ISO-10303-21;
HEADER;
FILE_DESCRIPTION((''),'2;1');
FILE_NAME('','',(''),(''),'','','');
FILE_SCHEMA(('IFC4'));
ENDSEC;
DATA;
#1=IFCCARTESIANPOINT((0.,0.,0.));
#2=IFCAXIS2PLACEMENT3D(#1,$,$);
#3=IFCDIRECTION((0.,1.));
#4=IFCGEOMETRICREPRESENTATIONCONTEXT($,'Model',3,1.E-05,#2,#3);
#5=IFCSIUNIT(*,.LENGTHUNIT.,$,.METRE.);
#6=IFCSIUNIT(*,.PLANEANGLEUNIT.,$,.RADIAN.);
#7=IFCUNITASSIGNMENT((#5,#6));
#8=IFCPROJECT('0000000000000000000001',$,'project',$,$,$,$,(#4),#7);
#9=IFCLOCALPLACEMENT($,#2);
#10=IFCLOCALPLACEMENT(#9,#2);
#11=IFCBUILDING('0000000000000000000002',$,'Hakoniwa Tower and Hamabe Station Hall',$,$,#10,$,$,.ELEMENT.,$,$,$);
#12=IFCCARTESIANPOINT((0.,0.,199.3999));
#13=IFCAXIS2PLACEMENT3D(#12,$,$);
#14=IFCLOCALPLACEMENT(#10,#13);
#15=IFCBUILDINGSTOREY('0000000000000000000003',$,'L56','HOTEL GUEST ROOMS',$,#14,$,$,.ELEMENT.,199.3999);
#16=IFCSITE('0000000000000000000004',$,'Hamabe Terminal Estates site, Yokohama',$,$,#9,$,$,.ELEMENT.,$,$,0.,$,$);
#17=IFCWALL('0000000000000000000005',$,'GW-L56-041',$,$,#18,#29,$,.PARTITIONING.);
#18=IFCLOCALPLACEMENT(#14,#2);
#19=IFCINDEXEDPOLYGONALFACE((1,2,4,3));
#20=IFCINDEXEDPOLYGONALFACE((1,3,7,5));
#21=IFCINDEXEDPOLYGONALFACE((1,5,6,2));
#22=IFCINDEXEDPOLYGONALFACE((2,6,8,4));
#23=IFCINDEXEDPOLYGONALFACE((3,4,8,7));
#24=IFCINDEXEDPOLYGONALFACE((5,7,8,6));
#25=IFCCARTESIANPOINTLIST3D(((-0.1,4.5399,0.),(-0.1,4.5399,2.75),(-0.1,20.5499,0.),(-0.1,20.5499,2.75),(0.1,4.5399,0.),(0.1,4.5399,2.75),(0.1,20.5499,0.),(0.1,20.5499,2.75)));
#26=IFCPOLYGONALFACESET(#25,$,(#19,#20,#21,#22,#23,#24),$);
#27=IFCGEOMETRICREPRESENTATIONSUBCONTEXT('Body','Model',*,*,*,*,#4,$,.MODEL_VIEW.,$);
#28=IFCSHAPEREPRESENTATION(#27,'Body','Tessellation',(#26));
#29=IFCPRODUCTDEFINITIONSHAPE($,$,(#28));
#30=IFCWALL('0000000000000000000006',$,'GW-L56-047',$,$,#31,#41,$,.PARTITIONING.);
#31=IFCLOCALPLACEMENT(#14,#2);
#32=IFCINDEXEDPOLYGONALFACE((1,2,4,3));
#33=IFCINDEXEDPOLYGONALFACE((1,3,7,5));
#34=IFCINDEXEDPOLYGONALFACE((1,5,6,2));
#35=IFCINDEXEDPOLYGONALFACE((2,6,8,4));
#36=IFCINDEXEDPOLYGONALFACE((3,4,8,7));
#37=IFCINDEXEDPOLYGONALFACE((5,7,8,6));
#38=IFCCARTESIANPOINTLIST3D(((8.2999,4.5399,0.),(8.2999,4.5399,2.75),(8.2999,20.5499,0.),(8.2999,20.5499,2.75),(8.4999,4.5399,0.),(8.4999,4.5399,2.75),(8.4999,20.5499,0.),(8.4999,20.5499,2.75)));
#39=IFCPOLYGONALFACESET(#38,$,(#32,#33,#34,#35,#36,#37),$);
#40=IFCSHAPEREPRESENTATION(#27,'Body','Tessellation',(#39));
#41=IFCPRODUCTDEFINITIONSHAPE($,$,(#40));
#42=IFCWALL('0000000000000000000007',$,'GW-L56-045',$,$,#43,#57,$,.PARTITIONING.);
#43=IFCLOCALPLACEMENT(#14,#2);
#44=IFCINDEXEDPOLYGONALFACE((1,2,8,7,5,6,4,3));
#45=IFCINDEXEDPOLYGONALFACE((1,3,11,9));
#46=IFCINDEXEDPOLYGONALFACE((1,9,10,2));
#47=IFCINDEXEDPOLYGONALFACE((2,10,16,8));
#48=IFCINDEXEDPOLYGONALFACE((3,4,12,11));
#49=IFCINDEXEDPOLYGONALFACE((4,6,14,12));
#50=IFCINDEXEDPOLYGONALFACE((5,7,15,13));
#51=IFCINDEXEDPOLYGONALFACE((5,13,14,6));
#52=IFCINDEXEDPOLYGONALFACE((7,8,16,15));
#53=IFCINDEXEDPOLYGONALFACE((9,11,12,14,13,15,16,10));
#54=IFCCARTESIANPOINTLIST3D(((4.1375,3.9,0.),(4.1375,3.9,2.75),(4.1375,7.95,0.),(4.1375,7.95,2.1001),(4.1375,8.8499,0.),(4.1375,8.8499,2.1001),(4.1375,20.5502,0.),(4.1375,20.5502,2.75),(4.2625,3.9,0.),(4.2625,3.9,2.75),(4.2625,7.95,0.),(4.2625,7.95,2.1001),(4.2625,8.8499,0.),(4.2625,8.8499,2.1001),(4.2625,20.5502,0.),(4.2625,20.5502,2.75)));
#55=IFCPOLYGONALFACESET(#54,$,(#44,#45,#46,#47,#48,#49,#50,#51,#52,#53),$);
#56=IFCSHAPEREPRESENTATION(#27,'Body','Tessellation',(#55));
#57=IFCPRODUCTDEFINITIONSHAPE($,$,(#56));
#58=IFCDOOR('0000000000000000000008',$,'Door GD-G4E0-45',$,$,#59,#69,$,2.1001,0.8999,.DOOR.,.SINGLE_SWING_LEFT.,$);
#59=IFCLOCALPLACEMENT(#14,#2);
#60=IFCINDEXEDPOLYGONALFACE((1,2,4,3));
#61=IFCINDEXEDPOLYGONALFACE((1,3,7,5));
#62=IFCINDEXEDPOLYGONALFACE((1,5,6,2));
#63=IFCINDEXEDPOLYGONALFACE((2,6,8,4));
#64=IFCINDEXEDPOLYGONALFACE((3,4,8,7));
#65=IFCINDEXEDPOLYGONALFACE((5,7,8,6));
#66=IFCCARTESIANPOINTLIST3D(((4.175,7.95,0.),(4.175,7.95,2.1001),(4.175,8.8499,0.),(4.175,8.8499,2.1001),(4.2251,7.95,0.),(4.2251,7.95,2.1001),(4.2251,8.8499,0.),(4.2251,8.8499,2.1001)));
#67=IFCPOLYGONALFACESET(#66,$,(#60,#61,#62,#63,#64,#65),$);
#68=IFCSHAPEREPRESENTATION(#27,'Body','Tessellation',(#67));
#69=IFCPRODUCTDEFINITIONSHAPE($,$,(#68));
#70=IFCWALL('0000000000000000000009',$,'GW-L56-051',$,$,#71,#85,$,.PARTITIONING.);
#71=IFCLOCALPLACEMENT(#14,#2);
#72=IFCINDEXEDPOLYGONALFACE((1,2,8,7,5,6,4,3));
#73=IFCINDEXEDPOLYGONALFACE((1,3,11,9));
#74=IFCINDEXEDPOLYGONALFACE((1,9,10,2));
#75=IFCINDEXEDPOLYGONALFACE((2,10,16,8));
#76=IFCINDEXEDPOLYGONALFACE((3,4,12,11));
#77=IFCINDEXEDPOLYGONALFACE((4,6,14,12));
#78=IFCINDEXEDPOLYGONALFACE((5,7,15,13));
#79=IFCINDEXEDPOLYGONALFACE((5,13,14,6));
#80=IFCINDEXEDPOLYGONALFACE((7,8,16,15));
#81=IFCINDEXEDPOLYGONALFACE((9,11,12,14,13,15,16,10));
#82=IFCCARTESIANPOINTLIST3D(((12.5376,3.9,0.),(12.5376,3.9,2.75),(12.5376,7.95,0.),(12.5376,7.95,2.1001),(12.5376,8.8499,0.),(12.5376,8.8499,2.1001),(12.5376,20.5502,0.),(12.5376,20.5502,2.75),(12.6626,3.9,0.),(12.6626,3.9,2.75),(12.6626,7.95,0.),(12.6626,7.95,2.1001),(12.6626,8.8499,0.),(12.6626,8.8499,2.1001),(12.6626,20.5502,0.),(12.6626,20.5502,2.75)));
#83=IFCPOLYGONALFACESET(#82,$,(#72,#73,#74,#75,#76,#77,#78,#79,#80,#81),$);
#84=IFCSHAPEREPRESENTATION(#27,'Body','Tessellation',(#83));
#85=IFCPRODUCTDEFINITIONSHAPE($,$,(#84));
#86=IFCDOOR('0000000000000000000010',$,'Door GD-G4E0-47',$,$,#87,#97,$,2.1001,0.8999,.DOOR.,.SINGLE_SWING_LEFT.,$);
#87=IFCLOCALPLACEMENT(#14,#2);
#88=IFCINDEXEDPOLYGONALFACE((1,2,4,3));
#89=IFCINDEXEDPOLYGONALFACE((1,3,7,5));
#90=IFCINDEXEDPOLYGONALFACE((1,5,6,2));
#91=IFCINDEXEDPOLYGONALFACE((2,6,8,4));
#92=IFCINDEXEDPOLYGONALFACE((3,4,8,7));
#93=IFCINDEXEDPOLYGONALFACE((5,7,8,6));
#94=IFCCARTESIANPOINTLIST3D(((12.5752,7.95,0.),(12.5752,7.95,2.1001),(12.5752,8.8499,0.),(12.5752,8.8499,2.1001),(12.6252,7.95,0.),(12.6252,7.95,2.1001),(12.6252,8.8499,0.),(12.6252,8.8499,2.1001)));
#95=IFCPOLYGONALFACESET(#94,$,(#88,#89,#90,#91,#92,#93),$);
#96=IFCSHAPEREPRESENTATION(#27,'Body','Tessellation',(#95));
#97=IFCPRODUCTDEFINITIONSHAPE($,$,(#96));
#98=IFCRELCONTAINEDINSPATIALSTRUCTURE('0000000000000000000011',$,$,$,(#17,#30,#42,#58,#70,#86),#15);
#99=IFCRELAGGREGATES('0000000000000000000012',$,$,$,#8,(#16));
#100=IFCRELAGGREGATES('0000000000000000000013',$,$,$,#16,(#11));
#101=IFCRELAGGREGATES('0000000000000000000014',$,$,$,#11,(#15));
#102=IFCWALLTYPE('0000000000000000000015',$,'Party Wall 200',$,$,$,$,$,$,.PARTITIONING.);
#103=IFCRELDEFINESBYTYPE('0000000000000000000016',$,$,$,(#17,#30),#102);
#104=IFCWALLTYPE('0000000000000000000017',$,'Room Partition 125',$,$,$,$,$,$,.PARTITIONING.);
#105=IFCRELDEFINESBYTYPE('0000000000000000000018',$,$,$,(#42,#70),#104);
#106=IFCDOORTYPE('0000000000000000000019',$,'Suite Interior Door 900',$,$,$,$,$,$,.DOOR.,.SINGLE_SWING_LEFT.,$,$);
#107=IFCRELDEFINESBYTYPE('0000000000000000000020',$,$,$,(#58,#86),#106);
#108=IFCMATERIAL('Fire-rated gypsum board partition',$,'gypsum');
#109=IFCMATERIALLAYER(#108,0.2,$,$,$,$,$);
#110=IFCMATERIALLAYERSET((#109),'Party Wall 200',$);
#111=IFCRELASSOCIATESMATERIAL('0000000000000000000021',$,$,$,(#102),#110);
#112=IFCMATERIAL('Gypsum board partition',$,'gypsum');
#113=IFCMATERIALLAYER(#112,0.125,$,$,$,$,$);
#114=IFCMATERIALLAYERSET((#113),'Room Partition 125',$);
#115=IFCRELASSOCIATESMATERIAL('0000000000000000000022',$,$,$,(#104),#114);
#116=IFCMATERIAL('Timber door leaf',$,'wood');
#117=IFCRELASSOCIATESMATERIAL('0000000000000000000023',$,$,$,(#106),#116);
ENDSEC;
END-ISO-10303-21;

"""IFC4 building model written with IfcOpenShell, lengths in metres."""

from ifc_helpers import new_model, si_unit, direction, frame, frame_2d, origin, place, context, subcontext, project, spatial, rectangle, extrude, material, layer, layer_set, type_object, element, fill, save


model = new_model("IFC4")

# Units and contexts
model_context = context("Model", 3, precision=1e-05, world=origin(), true_north=direction((0.0, 1.0)))
body_context = subcontext(model_context, "Body", "Model", "MODEL_VIEW")
ifc_project = project(units=[si_unit("LENGTHUNIT", "METRE"), si_unit("PLANEANGLEUNIT", "RADIAN")], contexts=[model_context])

# Site, building, storey
site_placement = place(None, origin())
site = spatial("IfcSite", under=ifc_project, at=site_placement, Name="Hamabe Terminal Estates site, Yokohama", CompositionType="ELEMENT", RefElevation=0.0)
building_placement = place(site_placement, origin())
building = spatial("IfcBuilding", under=site, at=building_placement, Name="Hakoniwa Tower and Hamabe Station Hall", CompositionType="ELEMENT")
storey_placement = place(building_placement, frame((0.0, 0.0, 199.3999)))
storey = spatial("IfcBuildingStorey", under=building, at=storey_placement, Name="L56", Description="HOTEL GUEST ROOMS", CompositionType="ELEMENT", Elevation=199.3999)

# Walls
ifc_material_1 = material(Name="Fire-rated gypsum board partition", Category="gypsum")
ifc_layer_1 = layer(ifc_material_1, 0.2)
ifc_layer_set_1 = layer_set([ifc_layer_1], Name="Party Wall 200")
wall_type_1 = type_object("IfcWallType", Name="Party Wall 200", PredefinedType="PARTITIONING", material=ifc_layer_set_1)
for number, where, z_axis, x_axis, name in (
    (1, (0.0, 4.54, 0.0), (0.0, 0.0, 1.0), (0.0, 1.0, 0.0), "GW-L56-041"),
    (2, (8.3999, 4.54, 0.0), (0.0, 0.0, 1.0), (0.0, 1.0, 0.0), "GW-L56-047"),
):
    element("IfcWall", number, at=place(storey_placement, frame(where, z_axis=z_axis, x_axis=x_axis)), inside=storey, type_object=wall_type_1, Name=name, PredefinedType="PARTITIONING", context=body_context, shape_type="SweptSolid", body=[
        extrude(rectangle(XDim=16.01, YDim=0.2, at=frame_2d((8.0049, 0.0))), origin(), (0.0, 0.0, 1.0), 2.75),
    ])

# Walls, openings, doors
ifc_material_2 = material(Name="Gypsum board partition", Category="gypsum")
ifc_layer_2 = layer(ifc_material_2, 0.125)
ifc_layer_set_2 = layer_set([ifc_layer_2], Name="Room Partition 125")
wall_type_2 = type_object("IfcWallType", Name="Room Partition 125", PredefinedType="PARTITIONING", material=ifc_layer_set_2)
wall_1_placement = place(storey_placement, frame((4.2, 3.8999, 0.0), z_axis=(0.0, 0.0, 1.0), x_axis=(0.0, 1.0, 0.0)))
wall_1 = element("IfcWall", 3, at=wall_1_placement, inside=storey, type_object=wall_type_2, Name="GW-L56-045", PredefinedType="PARTITIONING", context=body_context, shape_type="SweptSolid", body=[
    extrude(rectangle(XDim=16.6501, YDim=0.125, at=frame_2d((8.3252, 0.0))), origin(), (0.0, 0.0, 1.0), 2.75),
])
opening_1_placement = place(wall_1_placement, frame((4.05, 0.0, 0.0)))
opening_1 = element("IfcOpeningElement", 4, at=opening_1_placement, cuts=wall_1, PredefinedType="OPENING", context=body_context, shape_type="SweptSolid", body=[
    extrude(rectangle(XDim=0.8999, YDim=2.1001, at=frame_2d((0.45, 1.05))), frame((0.0, 0.0725, 0.0), z_axis=(0.0, -1.0, 0.0), x_axis=(1.0, 0.0, 0.0)), (0.0, 0.0, 1.0), 0.145),
])
ifc_material_3 = material(Name="Timber door leaf", Category="wood")
door_type_1 = type_object("IfcDoorType", Name="Suite Interior Door 900", OperationType="SINGLE_SWING_LEFT", PredefinedType="DOOR", material=ifc_material_3)
door_1_placement = place(opening_1_placement, origin())
door_1 = element("IfcDoor", 5, at=door_1_placement, inside=storey, type_object=door_type_1, Name="Door GD-G4E0-45", OperationType="SINGLE_SWING_LEFT", OverallHeight=2.1001, OverallWidth=0.8999, PredefinedType="DOOR", context=body_context, shape_type="SweptSolid", body=[
    extrude(rectangle(XDim=0.8999, YDim=2.1001, at=frame_2d((0.45, 1.05))), frame((0.0, 0.0249, 0.0), z_axis=(0.0, -1.0, 0.0), x_axis=(1.0, 0.0, 0.0)), (0.0, 0.0, 1.0), 0.05),
])
fill(opening_1, door_1)
wall_2_placement = place(storey_placement, frame((12.6001, 3.8999, 0.0), z_axis=(0.0, 0.0, 1.0), x_axis=(0.0, 1.0, 0.0)))
wall_2 = element("IfcWall", 6, at=wall_2_placement, inside=storey, type_object=wall_type_2, Name="GW-L56-051", PredefinedType="PARTITIONING", context=body_context, shape_type="SweptSolid", body=[
    extrude(rectangle(XDim=16.6501, YDim=0.125, at=frame_2d((8.3252, 0.0))), origin(), (0.0, 0.0, 1.0), 2.75),
])
opening_2_placement = place(wall_2_placement, frame((4.05, 0.0, 0.0)))
opening_2 = element("IfcOpeningElement", 7, at=opening_2_placement, cuts=wall_2, PredefinedType="OPENING", context=body_context, shape_type="SweptSolid", body=[
    extrude(rectangle(XDim=0.8999, YDim=2.1001, at=frame_2d((0.45, 1.05))), frame((0.0, 0.0725, 0.0), z_axis=(0.0, -1.0, 0.0), x_axis=(1.0, 0.0, 0.0)), (0.0, 0.0, 1.0), 0.145),
])
door_2_placement = place(opening_2_placement, origin())
door_2 = element("IfcDoor", 8, at=door_2_placement, inside=storey, type_object=door_type_1, Name="Door GD-G4E0-47", OperationType="SINGLE_SWING_LEFT", OverallHeight=2.1001, OverallWidth=0.8999, PredefinedType="DOOR", context=body_context, shape_type="SweptSolid", body=[
    extrude(rectangle(XDim=0.8999, YDim=2.1001, at=frame_2d((0.45, 1.05))), frame((0.0, 0.0249, 0.0), z_axis=(0.0, -1.0, 0.0), x_axis=(1.0, 0.0, 0.0)), (0.0, 0.0, 1.0), 0.05),
])
fill(opening_2, door_2)

save(model, "model.ifc")
